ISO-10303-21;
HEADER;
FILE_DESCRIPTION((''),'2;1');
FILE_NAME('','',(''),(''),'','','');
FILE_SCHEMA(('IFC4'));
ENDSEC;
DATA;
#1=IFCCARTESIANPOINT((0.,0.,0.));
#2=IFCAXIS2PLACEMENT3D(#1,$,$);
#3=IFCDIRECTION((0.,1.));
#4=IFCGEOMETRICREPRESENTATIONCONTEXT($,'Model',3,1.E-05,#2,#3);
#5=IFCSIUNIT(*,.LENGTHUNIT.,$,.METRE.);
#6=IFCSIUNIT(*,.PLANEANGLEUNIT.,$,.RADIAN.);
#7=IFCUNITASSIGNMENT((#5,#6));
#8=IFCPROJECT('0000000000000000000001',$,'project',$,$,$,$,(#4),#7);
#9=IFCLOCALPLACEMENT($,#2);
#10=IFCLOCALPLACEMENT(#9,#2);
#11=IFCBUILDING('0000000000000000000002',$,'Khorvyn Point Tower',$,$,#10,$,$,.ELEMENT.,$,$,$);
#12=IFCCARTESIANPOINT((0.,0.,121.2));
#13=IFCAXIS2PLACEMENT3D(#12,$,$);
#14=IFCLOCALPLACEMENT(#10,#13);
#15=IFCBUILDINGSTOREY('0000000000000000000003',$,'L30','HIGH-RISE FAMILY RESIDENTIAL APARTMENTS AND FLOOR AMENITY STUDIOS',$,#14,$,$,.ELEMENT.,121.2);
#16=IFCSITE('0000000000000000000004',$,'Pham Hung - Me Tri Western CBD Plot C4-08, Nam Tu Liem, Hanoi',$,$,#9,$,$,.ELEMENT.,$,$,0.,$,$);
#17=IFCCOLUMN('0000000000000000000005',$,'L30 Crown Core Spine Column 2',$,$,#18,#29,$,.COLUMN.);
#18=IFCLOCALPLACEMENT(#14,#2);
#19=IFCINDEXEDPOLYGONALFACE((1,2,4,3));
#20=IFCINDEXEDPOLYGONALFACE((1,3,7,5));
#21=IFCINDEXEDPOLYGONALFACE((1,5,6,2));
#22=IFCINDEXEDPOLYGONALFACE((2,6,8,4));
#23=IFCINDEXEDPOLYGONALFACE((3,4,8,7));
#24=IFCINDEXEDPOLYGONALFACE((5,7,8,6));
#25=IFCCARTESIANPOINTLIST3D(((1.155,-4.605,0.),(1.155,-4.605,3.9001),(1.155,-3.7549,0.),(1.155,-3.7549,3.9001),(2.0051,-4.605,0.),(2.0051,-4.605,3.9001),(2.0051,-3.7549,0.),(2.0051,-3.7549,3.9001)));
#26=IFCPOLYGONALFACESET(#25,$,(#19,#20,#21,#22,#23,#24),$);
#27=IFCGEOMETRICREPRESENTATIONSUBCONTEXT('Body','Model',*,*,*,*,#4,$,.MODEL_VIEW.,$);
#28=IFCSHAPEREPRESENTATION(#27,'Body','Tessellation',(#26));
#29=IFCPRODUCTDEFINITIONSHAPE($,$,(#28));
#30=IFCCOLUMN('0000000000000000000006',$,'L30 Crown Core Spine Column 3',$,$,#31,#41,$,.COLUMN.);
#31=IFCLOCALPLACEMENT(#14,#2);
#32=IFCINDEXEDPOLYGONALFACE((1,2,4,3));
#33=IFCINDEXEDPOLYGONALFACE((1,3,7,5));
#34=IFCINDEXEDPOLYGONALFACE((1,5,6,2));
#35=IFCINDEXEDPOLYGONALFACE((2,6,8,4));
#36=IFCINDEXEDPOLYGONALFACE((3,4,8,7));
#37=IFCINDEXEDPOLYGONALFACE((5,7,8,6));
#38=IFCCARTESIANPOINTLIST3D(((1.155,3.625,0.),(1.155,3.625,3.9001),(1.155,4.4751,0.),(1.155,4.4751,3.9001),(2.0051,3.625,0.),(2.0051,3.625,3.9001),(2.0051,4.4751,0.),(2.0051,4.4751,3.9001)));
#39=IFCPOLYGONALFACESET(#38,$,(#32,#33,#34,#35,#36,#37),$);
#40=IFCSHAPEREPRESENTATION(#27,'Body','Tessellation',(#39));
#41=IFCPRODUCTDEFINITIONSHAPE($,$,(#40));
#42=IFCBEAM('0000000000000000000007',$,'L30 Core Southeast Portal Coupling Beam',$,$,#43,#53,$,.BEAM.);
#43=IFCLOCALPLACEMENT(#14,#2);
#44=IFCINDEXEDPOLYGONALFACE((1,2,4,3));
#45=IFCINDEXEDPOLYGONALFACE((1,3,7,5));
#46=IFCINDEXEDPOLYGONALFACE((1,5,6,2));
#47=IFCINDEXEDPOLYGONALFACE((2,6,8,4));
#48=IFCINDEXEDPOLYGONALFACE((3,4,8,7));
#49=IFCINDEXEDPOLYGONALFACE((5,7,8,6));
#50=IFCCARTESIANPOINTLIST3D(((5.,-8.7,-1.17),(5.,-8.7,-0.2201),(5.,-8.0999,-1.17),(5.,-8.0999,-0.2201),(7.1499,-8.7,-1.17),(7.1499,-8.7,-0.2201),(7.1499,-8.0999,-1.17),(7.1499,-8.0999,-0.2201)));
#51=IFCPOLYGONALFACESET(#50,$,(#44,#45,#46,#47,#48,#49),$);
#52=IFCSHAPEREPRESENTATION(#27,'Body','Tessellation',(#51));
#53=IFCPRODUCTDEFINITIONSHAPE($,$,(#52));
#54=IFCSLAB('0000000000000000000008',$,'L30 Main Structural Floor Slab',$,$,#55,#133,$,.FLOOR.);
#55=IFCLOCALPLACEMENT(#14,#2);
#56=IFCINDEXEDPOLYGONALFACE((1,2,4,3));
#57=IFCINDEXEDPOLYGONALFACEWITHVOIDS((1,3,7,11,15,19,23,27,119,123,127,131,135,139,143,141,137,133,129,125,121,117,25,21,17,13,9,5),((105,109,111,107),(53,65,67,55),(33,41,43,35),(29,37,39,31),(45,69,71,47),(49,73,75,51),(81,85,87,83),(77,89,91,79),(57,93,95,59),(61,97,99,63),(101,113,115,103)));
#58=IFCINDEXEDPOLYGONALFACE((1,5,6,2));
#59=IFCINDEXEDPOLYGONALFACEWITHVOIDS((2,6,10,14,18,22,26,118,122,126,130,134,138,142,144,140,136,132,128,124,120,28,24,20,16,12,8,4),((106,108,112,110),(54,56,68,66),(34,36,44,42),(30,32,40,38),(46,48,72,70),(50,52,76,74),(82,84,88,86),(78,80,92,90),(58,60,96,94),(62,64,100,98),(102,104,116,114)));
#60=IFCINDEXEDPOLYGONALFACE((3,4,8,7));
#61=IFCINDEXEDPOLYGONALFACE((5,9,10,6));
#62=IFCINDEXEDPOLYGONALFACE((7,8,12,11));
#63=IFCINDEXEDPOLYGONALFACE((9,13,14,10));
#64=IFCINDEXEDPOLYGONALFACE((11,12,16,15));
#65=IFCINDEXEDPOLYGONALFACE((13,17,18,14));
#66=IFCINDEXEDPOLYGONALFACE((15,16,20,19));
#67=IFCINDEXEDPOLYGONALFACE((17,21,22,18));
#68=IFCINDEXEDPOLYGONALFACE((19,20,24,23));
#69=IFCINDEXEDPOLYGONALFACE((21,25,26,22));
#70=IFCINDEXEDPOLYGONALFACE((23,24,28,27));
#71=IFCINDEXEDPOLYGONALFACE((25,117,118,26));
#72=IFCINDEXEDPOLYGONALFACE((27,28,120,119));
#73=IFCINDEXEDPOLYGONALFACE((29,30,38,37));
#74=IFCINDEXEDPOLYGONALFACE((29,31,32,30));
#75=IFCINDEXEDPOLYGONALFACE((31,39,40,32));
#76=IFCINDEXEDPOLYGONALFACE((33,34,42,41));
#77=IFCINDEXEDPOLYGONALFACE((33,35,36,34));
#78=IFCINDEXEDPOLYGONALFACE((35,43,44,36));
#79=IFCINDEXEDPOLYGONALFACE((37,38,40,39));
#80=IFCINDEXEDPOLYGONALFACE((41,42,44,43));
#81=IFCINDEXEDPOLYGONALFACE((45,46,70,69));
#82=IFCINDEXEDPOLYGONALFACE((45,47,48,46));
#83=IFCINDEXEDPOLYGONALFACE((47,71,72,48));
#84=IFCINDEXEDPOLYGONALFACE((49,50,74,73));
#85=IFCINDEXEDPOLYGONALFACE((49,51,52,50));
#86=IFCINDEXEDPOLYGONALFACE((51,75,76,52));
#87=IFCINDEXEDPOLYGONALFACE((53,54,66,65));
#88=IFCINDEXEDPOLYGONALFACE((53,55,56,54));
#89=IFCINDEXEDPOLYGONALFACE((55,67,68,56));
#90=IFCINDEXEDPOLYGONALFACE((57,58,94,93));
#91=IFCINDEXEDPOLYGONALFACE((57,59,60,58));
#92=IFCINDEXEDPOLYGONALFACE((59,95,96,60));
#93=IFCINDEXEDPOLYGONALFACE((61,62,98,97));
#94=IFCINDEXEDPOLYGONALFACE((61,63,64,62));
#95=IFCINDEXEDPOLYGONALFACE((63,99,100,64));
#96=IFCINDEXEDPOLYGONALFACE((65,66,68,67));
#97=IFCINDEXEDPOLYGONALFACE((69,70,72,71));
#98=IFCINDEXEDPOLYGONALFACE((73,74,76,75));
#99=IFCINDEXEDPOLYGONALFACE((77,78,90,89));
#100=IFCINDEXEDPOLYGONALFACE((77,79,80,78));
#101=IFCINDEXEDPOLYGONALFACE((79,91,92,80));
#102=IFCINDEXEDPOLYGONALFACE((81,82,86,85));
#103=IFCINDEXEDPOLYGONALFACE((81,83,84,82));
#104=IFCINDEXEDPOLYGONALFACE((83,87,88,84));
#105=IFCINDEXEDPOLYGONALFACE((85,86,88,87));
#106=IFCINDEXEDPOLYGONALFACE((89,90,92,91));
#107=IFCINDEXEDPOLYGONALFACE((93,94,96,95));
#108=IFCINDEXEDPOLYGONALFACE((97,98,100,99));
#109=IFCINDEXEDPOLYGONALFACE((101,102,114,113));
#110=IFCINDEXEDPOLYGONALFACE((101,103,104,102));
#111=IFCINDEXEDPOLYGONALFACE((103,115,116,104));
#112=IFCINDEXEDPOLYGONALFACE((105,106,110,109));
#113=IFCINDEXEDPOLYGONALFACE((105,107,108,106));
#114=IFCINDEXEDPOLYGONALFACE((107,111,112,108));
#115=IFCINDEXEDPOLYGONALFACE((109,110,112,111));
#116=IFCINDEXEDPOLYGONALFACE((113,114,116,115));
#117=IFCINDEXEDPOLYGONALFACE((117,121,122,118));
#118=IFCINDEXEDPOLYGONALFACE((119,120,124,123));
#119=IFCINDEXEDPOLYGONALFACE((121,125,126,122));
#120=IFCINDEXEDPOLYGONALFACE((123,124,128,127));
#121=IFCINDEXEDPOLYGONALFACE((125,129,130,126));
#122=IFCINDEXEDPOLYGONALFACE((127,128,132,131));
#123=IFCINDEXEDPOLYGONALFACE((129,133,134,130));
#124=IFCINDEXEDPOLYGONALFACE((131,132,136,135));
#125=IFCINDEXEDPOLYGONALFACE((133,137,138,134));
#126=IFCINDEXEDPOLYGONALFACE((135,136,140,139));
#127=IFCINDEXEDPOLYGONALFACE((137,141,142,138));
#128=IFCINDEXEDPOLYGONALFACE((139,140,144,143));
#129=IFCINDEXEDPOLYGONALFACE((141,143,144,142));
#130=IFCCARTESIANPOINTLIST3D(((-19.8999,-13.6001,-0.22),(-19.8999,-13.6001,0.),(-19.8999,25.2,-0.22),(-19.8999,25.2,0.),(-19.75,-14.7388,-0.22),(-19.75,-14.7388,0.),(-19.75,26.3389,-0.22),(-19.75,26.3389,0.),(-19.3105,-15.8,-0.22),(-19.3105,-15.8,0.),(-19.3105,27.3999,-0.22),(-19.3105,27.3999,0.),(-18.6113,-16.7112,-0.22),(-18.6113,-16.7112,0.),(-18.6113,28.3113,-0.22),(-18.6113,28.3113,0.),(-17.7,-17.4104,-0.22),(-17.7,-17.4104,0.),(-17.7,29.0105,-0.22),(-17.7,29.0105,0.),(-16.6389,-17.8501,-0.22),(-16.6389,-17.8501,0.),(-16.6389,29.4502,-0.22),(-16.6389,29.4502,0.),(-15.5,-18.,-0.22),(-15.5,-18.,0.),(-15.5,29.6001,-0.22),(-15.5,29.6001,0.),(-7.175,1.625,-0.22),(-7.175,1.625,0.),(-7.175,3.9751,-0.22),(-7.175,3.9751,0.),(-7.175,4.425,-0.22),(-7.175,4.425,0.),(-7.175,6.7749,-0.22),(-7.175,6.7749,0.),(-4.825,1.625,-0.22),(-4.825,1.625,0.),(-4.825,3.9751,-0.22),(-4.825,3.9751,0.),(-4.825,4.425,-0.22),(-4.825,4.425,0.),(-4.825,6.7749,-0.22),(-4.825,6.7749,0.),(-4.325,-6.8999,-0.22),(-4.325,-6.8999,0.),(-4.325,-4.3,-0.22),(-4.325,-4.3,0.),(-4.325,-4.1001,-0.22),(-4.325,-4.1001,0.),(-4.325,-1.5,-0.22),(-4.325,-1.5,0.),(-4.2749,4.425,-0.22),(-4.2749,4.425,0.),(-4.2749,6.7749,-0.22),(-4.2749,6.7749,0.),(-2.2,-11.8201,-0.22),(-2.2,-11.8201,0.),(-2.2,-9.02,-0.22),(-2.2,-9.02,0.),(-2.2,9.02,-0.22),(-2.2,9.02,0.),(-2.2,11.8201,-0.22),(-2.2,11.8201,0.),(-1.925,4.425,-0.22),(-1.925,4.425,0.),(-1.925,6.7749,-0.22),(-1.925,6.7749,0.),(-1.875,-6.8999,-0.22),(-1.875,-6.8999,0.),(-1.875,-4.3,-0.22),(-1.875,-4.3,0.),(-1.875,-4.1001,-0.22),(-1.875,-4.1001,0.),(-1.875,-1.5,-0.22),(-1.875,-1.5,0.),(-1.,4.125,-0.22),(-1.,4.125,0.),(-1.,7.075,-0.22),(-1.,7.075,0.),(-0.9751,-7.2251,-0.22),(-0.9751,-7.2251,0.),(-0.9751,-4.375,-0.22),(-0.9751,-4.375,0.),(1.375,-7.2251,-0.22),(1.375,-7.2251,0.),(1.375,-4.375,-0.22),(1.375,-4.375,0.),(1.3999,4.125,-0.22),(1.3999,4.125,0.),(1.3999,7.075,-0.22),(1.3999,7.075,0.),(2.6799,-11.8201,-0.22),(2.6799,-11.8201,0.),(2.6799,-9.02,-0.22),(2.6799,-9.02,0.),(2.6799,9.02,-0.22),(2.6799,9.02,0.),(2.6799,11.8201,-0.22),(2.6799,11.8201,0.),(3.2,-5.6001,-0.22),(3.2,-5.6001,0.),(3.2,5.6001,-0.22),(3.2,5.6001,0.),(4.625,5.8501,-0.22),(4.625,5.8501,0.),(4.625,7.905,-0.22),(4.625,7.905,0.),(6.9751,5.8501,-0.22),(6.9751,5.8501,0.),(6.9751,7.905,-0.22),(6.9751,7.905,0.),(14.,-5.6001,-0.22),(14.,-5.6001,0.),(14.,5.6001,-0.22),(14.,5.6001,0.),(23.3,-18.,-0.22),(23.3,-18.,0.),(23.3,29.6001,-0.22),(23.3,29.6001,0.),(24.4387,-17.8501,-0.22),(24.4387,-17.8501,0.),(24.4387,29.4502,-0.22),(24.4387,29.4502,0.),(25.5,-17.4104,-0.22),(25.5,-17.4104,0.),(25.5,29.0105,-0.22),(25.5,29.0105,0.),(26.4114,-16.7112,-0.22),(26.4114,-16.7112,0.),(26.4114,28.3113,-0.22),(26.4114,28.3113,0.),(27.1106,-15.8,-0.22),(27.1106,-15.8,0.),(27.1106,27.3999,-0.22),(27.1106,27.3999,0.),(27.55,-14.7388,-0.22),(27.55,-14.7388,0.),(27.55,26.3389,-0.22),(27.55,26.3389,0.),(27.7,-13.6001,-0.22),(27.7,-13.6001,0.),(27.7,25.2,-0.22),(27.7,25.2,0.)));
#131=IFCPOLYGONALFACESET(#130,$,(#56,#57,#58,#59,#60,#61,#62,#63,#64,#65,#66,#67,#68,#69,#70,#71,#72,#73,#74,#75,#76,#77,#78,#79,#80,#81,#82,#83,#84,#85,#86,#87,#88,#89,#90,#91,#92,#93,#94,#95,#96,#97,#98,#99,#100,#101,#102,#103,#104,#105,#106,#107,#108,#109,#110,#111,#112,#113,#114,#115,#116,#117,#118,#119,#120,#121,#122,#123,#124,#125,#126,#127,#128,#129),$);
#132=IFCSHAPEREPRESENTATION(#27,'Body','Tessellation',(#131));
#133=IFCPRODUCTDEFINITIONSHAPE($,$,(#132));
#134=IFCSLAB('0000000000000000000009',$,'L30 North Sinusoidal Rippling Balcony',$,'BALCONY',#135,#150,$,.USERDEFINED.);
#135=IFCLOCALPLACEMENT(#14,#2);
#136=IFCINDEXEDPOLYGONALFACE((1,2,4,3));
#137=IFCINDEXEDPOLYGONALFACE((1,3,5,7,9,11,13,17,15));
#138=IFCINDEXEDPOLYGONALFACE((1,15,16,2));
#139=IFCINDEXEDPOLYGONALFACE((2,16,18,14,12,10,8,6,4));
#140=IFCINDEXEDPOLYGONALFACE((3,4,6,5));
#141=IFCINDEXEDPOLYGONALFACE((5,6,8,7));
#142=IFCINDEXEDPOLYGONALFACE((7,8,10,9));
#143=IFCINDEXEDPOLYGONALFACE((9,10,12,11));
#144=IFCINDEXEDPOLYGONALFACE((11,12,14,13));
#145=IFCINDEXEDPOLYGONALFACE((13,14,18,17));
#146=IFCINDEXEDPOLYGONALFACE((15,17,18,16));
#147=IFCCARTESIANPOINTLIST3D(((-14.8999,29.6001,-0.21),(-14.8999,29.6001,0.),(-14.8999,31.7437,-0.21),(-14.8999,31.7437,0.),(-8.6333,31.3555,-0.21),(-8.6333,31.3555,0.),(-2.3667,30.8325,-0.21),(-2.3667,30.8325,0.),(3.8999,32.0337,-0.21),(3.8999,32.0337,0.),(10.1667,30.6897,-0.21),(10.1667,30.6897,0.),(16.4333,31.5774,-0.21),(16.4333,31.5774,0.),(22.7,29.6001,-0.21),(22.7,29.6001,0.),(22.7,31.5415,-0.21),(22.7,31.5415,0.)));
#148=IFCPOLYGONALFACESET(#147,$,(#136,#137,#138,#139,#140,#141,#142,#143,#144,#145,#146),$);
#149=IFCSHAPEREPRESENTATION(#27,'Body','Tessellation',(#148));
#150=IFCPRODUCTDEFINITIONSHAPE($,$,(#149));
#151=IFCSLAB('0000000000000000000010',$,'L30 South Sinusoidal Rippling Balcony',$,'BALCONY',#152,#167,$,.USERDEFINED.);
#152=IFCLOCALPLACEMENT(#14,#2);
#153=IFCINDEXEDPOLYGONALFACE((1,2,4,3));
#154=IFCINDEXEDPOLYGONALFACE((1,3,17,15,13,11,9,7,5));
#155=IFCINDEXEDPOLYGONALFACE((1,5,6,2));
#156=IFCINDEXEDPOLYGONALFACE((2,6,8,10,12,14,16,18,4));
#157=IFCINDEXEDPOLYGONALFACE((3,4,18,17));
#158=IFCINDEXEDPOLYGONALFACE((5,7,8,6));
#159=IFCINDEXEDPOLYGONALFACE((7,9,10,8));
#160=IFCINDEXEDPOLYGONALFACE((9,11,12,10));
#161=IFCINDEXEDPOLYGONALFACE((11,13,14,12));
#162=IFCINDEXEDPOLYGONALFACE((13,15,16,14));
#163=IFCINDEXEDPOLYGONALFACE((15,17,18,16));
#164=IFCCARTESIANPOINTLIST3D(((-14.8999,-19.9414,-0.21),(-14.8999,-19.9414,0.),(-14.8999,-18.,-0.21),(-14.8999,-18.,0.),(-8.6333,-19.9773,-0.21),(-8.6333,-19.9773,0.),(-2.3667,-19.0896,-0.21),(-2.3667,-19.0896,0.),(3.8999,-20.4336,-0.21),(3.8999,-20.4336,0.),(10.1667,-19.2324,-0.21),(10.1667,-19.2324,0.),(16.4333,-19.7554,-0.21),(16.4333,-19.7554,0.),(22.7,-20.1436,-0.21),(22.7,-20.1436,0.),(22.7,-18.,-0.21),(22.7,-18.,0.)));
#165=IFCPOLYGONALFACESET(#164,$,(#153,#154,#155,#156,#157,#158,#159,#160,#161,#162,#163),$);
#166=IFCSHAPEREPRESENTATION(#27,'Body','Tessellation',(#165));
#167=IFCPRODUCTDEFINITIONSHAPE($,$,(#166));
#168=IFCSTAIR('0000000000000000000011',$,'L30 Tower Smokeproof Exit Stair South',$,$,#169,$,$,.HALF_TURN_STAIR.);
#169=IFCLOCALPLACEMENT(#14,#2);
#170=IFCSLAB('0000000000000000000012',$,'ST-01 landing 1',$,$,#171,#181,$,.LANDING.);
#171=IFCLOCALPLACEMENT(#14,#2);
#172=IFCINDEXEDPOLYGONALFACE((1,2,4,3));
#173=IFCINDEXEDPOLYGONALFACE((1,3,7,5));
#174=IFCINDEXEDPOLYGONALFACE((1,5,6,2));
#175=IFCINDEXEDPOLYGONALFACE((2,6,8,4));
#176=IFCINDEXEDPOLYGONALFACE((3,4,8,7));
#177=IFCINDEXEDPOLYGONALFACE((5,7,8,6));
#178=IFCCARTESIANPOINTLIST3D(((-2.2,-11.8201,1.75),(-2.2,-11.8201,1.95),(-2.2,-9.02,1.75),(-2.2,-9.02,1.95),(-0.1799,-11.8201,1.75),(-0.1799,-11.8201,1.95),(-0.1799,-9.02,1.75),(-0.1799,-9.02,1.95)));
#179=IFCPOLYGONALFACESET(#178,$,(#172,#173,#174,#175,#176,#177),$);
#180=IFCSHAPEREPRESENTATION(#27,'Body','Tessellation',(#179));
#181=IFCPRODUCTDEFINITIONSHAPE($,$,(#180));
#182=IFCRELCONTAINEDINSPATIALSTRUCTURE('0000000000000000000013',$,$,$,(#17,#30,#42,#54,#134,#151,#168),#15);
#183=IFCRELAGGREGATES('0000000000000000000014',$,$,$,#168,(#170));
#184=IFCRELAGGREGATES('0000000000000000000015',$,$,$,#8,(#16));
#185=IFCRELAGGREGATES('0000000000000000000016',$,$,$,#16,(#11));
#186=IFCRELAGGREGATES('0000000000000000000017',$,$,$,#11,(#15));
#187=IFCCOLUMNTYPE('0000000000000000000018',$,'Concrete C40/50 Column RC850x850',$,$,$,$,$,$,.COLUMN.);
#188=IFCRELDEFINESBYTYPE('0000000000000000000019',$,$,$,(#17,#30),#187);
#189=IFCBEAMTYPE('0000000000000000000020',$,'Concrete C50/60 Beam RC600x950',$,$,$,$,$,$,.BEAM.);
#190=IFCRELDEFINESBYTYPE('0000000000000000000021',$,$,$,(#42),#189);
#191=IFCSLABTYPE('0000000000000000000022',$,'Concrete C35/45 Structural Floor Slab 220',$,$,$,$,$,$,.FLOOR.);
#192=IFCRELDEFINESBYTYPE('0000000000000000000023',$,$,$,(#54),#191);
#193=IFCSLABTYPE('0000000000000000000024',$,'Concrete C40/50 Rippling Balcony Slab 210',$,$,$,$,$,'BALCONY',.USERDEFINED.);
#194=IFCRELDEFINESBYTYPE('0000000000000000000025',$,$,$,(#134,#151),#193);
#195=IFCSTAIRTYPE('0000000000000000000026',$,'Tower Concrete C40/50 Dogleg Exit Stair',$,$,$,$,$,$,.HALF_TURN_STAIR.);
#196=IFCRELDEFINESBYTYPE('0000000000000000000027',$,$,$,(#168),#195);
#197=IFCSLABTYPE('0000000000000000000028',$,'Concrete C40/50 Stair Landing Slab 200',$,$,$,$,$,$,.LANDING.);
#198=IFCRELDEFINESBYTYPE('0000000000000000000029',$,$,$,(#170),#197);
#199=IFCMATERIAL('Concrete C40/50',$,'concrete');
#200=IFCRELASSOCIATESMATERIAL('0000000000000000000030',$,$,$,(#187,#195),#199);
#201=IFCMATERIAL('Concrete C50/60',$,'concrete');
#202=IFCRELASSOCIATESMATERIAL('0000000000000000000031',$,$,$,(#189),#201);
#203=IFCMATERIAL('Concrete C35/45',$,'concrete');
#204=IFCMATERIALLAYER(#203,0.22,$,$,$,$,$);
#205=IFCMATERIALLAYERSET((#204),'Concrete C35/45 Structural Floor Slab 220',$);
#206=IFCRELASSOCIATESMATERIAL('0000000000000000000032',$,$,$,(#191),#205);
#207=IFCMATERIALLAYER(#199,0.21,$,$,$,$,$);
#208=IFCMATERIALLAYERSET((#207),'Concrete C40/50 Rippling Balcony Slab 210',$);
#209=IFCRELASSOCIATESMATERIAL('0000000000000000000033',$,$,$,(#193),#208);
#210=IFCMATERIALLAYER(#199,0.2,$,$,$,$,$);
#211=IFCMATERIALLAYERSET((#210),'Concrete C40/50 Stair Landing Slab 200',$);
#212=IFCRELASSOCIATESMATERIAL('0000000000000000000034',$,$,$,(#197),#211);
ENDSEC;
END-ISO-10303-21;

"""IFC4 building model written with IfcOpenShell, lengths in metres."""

from ifc_helpers import new_model, si_unit, direction, frame, origin, origin_2d, place, context, subcontext, project, spatial, polyline, rectangle, outline, extrude, material, layer, layer_set, material_profile, profile_set, type_object, element, aggregate, save


model = new_model("IFC4")

# Units and contexts
model_context = context("Model", 3, precision=1e-05, world=origin(), true_north=direction((0.0, 1.0)))
body_context = subcontext(model_context, "Body", "Model", "MODEL_VIEW")
ifc_project = project(units=[si_unit("LENGTHUNIT", "METRE"), si_unit("PLANEANGLEUNIT", "RADIAN")], contexts=[model_context])

# Site, building, storey
site_placement = place(None, origin())
site = spatial("IfcSite", under=ifc_project, at=site_placement, Name="Pham Hung - Me Tri Western CBD Plot C4-08, Nam Tu Liem, Hanoi", CompositionType="ELEMENT", RefElevation=0.0)
building_placement = place(site_placement, origin())
building = spatial("IfcBuilding", under=site, at=building_placement, Name="Khorvyn Point Tower", CompositionType="ELEMENT")
storey_placement = place(building_placement, frame((0.0, 0.0, 121.2)))
storey = spatial("IfcBuildingStorey", under=building, at=storey_placement, Name="L30", Description="HIGH-RISE FAMILY RESIDENTIAL APARTMENTS AND FLOOR AMENITY STUDIOS", CompositionType="ELEMENT", Elevation=121.2)

# Columns
ifc_material_1 = material(Name="Concrete C40/50", Category="concrete")
ifc_material_profile_1 = material_profile(ifc_material_1, rectangle(XDim=0.8501, YDim=0.8501, at=origin_2d()))
ifc_profile_set_1 = profile_set([ifc_material_profile_1], Name="Concrete C40/50 RC850x850")
column_type = type_object("IfcColumnType", Name="Concrete C40/50 Column RC850x850", PredefinedType="COLUMN", material=ifc_profile_set_1)
for number, where, z_axis, x_axis, name in (
    (1, (1.5801, -4.1799, 0.0), (0.0, 0.0, 1.0), (1.0, 0.0, 0.0), "L30 Crown Core Spine Column 2"),
    (2, (1.5801, 4.05, 0.0), (0.0, 0.0, 1.0), (1.0, 0.0, 0.0), "L30 Crown Core Spine Column 3"),
):
    element("IfcColumn", number, at=place(storey_placement, frame(where, z_axis=z_axis, x_axis=x_axis)), inside=storey, type_object=column_type, Name=name, PredefinedType="COLUMN", context=body_context, shape_type="SweptSolid", body=[
        extrude(rectangle(XDim=0.8501, YDim=0.8501, at=origin_2d()), origin(), (0.0, 0.0, 1.0), 3.9001),
    ])

# Beam
ifc_material_2 = material(Name="Concrete C50/60", Category="concrete")
ifc_material_profile_2 = material_profile(ifc_material_2, rectangle(XDim=0.6001, YDim=0.95, at=origin_2d()))
ifc_profile_set_2 = profile_set([ifc_material_profile_2], Name="Concrete C50/60 RC600x950")
beam_type = type_object("IfcBeamType", Name="Concrete C50/60 Beam RC600x950", PredefinedType="BEAM", material=ifc_profile_set_2)
beam_placement = place(storey_placement, frame((5.0, -8.3999, -0.6951), z_axis=(1.0, 0.0, 0.0), x_axis=(0.0, 1.0, 0.0)))
element("IfcBeam", 3, at=beam_placement, inside=storey, type_object=beam_type, Name="L30 Core Southeast Portal Coupling Beam", PredefinedType="BEAM", context=body_context, shape_type="SweptSolid", body=[
    extrude(rectangle(XDim=0.6001, YDim=0.95, at=origin_2d()), origin(), (0.0, 0.0, 1.0), 2.1499),
])

# Slabs
ifc_material_3 = material(Name="Concrete C35/45", Category="concrete")
ifc_layer_1 = layer(ifc_material_3, 0.22)
ifc_layer_set_1 = layer_set([ifc_layer_1], Name="Concrete C35/45 Structural Floor Slab 220")
slab_type_1 = type_object("IfcSlabType", Name="Concrete C35/45 Structural Floor Slab 220", PredefinedType="FLOOR", material=ifc_layer_set_1)
slab_1_placement = place(storey_placement, frame((0.0, 0.0, -0.22)))
element("IfcSlab", 4, at=slab_1_placement, inside=storey, type_object=slab_type_1, Name="L30 Main Structural Floor Slab", PredefinedType="FLOOR", context=body_context, shape_type="SweptSolid", body=[
    extrude(outline(polyline([(-15.5, -18.0), (-16.6389, -17.8501), (-17.7, -17.4104), (-18.6113, -16.7112), (-19.3105, -15.8), (-19.75, -14.7388), (-19.8999, -13.6001), (-19.8999, 25.2), (-19.75, 26.3389), (-19.3105, 27.3999), (-18.6113, 28.3113), (-17.7, 29.0105), (-16.6389, 29.4502), (-15.5, 29.6001), (23.3, 29.6001), (24.4387, 29.4502), (25.5, 29.0105), (26.4114, 28.3113), (27.1106, 27.3999), (27.55, 26.3389), (27.7, 25.2), (27.7, -13.6001), (27.55, -14.7388), (27.1106, -15.8), (26.4114, -16.7112), (25.5, -17.4104), (24.4387, -17.8501), (23.3, -18.0), (-15.5, -18.0)]), holes=[polyline([(-1.875, -6.8999), (-1.875, -4.3), (-4.325, -4.3), (-4.325, -6.8999), (-1.875, -6.8999)]), polyline([(-1.875, -4.1001), (-1.875, -1.5), (-4.325, -1.5), (-4.325, -4.1001), (-1.875, -4.1001)]), polyline([(-4.825, 1.625), (-4.825, 3.9751), (-7.175, 3.9751), (-7.175, 1.625), (-4.825, 1.625)]), polyline([(-7.175, 4.425), (-4.825, 4.425), (-4.825, 6.7749), (-7.175, 6.7749), (-7.175, 4.425)]), polyline([(-4.2749, 4.425), (-1.925, 4.425), (-1.925, 6.7749), (-4.2749, 6.7749), (-4.2749, 4.425)]), polyline([(1.3999, 4.125), (1.3999, 7.075), (-1.0, 7.075), (-1.0, 4.125), (1.3999, 4.125)]), polyline([(-2.2, -11.8201), (2.6799, -11.8201), (2.6799, -9.02), (-2.2, -9.02), (-2.2, -11.8201)]), polyline([(-0.9751, -7.2251), (1.375, -7.2251), (1.375, -4.375), (-0.9751, -4.375), (-0.9751, -7.2251)]), polyline([(14.0, -5.6001), (14.0, 5.6001), (3.2, 5.6001), (3.2, -5.6001), (14.0, -5.6001)]), polyline([(4.625, 5.8501), (6.9751, 5.8501), (6.9751, 7.905), (4.625, 7.905), (4.625, 5.8501)]), polyline([(-2.2, 9.02), (2.6799, 9.02), (2.6799, 11.8201), (-2.2, 11.8201), (-2.2, 9.02)])]), origin(), (0.0, 0.0, 1.0), 0.22),
])
ifc_layer_2 = layer(ifc_material_1, 0.21)
ifc_layer_set_2 = layer_set([ifc_layer_2], Name="Concrete C40/50 Rippling Balcony Slab 210")
slab_type_2 = type_object("IfcSlabType", Name="Concrete C40/50 Rippling Balcony Slab 210", ElementType="BALCONY", PredefinedType="USERDEFINED", material=ifc_layer_set_2)
slab_2_placement = place(storey_placement, frame((0.0, 0.0, -0.21)))
element("IfcSlab", 5, at=slab_2_placement, inside=storey, type_object=slab_type_2, Name="L30 North Sinusoidal Rippling Balcony", ObjectType="BALCONY", PredefinedType="USERDEFINED", context=body_context, shape_type="SweptSolid", body=[
    extrude(outline(polyline([(22.7, 29.6001), (22.7, 31.5415), (16.4333, 31.5774), (10.1667, 30.6897), (3.8999, 32.0337), (-2.3667, 30.8325), (-8.6333, 31.3555), (-14.8999, 31.7437), (-14.8999, 29.6001), (22.7, 29.6001)])), origin(), (0.0, 0.0, 1.0), 0.21),
])
slab_3_placement = place(storey_placement, frame((0.0, 0.0, -0.21)))
element("IfcSlab", 6, at=slab_3_placement, inside=storey, type_object=slab_type_2, Name="L30 South Sinusoidal Rippling Balcony", ObjectType="BALCONY", PredefinedType="USERDEFINED", context=body_context, shape_type="SweptSolid", body=[
    extrude(outline(polyline([(-14.8999, -18.0), (-14.8999, -19.9414), (-8.6333, -19.9773), (-2.3667, -19.0896), (3.8999, -20.4336), (10.1667, -19.2324), (16.4333, -19.7554), (22.7, -20.1436), (22.7, -18.0), (-14.8999, -18.0)])), origin(), (0.0, 0.0, 1.0), 0.21),
])

# Stair, slab
stair_type = type_object("IfcStairType", Name="Tower Concrete C40/50 Dogleg Exit Stair", PredefinedType="HALF_TURN_STAIR", material=ifc_material_1)
stair_1_placement = place(storey_placement, origin())
stair_1 = element("IfcStair", 7, at=stair_1_placement, inside=storey, type_object=stair_type, Name="L30 Tower Smokeproof Exit Stair South", PredefinedType="HALF_TURN_STAIR")
ifc_layer_3 = layer(ifc_material_1, 0.2)
ifc_layer_set_3 = layer_set([ifc_layer_3], Name="Concrete C40/50 Stair Landing Slab 200")
slab_type_3 = type_object("IfcSlabType", Name="Concrete C40/50 Stair Landing Slab 200", PredefinedType="LANDING", material=ifc_layer_set_3)
slab_4_placement = place(storey_placement, frame((0.0, 0.0, 1.75)))
slab_4 = element("IfcSlab", 8, at=slab_4_placement, type_object=slab_type_3, Name="ST-01 landing 1", PredefinedType="LANDING", context=body_context, shape_type="SweptSolid", body=[
    extrude(outline(polyline([(-0.1799, -9.02), (-2.2, -9.02), (-2.2, -11.8201), (-0.1799, -11.8201), (-0.1799, -9.02)])), origin(), (0.0, 0.0, 1.0), 0.2),
])
aggregate(stair_1, [slab_4])

save(model, "model.ifc")
